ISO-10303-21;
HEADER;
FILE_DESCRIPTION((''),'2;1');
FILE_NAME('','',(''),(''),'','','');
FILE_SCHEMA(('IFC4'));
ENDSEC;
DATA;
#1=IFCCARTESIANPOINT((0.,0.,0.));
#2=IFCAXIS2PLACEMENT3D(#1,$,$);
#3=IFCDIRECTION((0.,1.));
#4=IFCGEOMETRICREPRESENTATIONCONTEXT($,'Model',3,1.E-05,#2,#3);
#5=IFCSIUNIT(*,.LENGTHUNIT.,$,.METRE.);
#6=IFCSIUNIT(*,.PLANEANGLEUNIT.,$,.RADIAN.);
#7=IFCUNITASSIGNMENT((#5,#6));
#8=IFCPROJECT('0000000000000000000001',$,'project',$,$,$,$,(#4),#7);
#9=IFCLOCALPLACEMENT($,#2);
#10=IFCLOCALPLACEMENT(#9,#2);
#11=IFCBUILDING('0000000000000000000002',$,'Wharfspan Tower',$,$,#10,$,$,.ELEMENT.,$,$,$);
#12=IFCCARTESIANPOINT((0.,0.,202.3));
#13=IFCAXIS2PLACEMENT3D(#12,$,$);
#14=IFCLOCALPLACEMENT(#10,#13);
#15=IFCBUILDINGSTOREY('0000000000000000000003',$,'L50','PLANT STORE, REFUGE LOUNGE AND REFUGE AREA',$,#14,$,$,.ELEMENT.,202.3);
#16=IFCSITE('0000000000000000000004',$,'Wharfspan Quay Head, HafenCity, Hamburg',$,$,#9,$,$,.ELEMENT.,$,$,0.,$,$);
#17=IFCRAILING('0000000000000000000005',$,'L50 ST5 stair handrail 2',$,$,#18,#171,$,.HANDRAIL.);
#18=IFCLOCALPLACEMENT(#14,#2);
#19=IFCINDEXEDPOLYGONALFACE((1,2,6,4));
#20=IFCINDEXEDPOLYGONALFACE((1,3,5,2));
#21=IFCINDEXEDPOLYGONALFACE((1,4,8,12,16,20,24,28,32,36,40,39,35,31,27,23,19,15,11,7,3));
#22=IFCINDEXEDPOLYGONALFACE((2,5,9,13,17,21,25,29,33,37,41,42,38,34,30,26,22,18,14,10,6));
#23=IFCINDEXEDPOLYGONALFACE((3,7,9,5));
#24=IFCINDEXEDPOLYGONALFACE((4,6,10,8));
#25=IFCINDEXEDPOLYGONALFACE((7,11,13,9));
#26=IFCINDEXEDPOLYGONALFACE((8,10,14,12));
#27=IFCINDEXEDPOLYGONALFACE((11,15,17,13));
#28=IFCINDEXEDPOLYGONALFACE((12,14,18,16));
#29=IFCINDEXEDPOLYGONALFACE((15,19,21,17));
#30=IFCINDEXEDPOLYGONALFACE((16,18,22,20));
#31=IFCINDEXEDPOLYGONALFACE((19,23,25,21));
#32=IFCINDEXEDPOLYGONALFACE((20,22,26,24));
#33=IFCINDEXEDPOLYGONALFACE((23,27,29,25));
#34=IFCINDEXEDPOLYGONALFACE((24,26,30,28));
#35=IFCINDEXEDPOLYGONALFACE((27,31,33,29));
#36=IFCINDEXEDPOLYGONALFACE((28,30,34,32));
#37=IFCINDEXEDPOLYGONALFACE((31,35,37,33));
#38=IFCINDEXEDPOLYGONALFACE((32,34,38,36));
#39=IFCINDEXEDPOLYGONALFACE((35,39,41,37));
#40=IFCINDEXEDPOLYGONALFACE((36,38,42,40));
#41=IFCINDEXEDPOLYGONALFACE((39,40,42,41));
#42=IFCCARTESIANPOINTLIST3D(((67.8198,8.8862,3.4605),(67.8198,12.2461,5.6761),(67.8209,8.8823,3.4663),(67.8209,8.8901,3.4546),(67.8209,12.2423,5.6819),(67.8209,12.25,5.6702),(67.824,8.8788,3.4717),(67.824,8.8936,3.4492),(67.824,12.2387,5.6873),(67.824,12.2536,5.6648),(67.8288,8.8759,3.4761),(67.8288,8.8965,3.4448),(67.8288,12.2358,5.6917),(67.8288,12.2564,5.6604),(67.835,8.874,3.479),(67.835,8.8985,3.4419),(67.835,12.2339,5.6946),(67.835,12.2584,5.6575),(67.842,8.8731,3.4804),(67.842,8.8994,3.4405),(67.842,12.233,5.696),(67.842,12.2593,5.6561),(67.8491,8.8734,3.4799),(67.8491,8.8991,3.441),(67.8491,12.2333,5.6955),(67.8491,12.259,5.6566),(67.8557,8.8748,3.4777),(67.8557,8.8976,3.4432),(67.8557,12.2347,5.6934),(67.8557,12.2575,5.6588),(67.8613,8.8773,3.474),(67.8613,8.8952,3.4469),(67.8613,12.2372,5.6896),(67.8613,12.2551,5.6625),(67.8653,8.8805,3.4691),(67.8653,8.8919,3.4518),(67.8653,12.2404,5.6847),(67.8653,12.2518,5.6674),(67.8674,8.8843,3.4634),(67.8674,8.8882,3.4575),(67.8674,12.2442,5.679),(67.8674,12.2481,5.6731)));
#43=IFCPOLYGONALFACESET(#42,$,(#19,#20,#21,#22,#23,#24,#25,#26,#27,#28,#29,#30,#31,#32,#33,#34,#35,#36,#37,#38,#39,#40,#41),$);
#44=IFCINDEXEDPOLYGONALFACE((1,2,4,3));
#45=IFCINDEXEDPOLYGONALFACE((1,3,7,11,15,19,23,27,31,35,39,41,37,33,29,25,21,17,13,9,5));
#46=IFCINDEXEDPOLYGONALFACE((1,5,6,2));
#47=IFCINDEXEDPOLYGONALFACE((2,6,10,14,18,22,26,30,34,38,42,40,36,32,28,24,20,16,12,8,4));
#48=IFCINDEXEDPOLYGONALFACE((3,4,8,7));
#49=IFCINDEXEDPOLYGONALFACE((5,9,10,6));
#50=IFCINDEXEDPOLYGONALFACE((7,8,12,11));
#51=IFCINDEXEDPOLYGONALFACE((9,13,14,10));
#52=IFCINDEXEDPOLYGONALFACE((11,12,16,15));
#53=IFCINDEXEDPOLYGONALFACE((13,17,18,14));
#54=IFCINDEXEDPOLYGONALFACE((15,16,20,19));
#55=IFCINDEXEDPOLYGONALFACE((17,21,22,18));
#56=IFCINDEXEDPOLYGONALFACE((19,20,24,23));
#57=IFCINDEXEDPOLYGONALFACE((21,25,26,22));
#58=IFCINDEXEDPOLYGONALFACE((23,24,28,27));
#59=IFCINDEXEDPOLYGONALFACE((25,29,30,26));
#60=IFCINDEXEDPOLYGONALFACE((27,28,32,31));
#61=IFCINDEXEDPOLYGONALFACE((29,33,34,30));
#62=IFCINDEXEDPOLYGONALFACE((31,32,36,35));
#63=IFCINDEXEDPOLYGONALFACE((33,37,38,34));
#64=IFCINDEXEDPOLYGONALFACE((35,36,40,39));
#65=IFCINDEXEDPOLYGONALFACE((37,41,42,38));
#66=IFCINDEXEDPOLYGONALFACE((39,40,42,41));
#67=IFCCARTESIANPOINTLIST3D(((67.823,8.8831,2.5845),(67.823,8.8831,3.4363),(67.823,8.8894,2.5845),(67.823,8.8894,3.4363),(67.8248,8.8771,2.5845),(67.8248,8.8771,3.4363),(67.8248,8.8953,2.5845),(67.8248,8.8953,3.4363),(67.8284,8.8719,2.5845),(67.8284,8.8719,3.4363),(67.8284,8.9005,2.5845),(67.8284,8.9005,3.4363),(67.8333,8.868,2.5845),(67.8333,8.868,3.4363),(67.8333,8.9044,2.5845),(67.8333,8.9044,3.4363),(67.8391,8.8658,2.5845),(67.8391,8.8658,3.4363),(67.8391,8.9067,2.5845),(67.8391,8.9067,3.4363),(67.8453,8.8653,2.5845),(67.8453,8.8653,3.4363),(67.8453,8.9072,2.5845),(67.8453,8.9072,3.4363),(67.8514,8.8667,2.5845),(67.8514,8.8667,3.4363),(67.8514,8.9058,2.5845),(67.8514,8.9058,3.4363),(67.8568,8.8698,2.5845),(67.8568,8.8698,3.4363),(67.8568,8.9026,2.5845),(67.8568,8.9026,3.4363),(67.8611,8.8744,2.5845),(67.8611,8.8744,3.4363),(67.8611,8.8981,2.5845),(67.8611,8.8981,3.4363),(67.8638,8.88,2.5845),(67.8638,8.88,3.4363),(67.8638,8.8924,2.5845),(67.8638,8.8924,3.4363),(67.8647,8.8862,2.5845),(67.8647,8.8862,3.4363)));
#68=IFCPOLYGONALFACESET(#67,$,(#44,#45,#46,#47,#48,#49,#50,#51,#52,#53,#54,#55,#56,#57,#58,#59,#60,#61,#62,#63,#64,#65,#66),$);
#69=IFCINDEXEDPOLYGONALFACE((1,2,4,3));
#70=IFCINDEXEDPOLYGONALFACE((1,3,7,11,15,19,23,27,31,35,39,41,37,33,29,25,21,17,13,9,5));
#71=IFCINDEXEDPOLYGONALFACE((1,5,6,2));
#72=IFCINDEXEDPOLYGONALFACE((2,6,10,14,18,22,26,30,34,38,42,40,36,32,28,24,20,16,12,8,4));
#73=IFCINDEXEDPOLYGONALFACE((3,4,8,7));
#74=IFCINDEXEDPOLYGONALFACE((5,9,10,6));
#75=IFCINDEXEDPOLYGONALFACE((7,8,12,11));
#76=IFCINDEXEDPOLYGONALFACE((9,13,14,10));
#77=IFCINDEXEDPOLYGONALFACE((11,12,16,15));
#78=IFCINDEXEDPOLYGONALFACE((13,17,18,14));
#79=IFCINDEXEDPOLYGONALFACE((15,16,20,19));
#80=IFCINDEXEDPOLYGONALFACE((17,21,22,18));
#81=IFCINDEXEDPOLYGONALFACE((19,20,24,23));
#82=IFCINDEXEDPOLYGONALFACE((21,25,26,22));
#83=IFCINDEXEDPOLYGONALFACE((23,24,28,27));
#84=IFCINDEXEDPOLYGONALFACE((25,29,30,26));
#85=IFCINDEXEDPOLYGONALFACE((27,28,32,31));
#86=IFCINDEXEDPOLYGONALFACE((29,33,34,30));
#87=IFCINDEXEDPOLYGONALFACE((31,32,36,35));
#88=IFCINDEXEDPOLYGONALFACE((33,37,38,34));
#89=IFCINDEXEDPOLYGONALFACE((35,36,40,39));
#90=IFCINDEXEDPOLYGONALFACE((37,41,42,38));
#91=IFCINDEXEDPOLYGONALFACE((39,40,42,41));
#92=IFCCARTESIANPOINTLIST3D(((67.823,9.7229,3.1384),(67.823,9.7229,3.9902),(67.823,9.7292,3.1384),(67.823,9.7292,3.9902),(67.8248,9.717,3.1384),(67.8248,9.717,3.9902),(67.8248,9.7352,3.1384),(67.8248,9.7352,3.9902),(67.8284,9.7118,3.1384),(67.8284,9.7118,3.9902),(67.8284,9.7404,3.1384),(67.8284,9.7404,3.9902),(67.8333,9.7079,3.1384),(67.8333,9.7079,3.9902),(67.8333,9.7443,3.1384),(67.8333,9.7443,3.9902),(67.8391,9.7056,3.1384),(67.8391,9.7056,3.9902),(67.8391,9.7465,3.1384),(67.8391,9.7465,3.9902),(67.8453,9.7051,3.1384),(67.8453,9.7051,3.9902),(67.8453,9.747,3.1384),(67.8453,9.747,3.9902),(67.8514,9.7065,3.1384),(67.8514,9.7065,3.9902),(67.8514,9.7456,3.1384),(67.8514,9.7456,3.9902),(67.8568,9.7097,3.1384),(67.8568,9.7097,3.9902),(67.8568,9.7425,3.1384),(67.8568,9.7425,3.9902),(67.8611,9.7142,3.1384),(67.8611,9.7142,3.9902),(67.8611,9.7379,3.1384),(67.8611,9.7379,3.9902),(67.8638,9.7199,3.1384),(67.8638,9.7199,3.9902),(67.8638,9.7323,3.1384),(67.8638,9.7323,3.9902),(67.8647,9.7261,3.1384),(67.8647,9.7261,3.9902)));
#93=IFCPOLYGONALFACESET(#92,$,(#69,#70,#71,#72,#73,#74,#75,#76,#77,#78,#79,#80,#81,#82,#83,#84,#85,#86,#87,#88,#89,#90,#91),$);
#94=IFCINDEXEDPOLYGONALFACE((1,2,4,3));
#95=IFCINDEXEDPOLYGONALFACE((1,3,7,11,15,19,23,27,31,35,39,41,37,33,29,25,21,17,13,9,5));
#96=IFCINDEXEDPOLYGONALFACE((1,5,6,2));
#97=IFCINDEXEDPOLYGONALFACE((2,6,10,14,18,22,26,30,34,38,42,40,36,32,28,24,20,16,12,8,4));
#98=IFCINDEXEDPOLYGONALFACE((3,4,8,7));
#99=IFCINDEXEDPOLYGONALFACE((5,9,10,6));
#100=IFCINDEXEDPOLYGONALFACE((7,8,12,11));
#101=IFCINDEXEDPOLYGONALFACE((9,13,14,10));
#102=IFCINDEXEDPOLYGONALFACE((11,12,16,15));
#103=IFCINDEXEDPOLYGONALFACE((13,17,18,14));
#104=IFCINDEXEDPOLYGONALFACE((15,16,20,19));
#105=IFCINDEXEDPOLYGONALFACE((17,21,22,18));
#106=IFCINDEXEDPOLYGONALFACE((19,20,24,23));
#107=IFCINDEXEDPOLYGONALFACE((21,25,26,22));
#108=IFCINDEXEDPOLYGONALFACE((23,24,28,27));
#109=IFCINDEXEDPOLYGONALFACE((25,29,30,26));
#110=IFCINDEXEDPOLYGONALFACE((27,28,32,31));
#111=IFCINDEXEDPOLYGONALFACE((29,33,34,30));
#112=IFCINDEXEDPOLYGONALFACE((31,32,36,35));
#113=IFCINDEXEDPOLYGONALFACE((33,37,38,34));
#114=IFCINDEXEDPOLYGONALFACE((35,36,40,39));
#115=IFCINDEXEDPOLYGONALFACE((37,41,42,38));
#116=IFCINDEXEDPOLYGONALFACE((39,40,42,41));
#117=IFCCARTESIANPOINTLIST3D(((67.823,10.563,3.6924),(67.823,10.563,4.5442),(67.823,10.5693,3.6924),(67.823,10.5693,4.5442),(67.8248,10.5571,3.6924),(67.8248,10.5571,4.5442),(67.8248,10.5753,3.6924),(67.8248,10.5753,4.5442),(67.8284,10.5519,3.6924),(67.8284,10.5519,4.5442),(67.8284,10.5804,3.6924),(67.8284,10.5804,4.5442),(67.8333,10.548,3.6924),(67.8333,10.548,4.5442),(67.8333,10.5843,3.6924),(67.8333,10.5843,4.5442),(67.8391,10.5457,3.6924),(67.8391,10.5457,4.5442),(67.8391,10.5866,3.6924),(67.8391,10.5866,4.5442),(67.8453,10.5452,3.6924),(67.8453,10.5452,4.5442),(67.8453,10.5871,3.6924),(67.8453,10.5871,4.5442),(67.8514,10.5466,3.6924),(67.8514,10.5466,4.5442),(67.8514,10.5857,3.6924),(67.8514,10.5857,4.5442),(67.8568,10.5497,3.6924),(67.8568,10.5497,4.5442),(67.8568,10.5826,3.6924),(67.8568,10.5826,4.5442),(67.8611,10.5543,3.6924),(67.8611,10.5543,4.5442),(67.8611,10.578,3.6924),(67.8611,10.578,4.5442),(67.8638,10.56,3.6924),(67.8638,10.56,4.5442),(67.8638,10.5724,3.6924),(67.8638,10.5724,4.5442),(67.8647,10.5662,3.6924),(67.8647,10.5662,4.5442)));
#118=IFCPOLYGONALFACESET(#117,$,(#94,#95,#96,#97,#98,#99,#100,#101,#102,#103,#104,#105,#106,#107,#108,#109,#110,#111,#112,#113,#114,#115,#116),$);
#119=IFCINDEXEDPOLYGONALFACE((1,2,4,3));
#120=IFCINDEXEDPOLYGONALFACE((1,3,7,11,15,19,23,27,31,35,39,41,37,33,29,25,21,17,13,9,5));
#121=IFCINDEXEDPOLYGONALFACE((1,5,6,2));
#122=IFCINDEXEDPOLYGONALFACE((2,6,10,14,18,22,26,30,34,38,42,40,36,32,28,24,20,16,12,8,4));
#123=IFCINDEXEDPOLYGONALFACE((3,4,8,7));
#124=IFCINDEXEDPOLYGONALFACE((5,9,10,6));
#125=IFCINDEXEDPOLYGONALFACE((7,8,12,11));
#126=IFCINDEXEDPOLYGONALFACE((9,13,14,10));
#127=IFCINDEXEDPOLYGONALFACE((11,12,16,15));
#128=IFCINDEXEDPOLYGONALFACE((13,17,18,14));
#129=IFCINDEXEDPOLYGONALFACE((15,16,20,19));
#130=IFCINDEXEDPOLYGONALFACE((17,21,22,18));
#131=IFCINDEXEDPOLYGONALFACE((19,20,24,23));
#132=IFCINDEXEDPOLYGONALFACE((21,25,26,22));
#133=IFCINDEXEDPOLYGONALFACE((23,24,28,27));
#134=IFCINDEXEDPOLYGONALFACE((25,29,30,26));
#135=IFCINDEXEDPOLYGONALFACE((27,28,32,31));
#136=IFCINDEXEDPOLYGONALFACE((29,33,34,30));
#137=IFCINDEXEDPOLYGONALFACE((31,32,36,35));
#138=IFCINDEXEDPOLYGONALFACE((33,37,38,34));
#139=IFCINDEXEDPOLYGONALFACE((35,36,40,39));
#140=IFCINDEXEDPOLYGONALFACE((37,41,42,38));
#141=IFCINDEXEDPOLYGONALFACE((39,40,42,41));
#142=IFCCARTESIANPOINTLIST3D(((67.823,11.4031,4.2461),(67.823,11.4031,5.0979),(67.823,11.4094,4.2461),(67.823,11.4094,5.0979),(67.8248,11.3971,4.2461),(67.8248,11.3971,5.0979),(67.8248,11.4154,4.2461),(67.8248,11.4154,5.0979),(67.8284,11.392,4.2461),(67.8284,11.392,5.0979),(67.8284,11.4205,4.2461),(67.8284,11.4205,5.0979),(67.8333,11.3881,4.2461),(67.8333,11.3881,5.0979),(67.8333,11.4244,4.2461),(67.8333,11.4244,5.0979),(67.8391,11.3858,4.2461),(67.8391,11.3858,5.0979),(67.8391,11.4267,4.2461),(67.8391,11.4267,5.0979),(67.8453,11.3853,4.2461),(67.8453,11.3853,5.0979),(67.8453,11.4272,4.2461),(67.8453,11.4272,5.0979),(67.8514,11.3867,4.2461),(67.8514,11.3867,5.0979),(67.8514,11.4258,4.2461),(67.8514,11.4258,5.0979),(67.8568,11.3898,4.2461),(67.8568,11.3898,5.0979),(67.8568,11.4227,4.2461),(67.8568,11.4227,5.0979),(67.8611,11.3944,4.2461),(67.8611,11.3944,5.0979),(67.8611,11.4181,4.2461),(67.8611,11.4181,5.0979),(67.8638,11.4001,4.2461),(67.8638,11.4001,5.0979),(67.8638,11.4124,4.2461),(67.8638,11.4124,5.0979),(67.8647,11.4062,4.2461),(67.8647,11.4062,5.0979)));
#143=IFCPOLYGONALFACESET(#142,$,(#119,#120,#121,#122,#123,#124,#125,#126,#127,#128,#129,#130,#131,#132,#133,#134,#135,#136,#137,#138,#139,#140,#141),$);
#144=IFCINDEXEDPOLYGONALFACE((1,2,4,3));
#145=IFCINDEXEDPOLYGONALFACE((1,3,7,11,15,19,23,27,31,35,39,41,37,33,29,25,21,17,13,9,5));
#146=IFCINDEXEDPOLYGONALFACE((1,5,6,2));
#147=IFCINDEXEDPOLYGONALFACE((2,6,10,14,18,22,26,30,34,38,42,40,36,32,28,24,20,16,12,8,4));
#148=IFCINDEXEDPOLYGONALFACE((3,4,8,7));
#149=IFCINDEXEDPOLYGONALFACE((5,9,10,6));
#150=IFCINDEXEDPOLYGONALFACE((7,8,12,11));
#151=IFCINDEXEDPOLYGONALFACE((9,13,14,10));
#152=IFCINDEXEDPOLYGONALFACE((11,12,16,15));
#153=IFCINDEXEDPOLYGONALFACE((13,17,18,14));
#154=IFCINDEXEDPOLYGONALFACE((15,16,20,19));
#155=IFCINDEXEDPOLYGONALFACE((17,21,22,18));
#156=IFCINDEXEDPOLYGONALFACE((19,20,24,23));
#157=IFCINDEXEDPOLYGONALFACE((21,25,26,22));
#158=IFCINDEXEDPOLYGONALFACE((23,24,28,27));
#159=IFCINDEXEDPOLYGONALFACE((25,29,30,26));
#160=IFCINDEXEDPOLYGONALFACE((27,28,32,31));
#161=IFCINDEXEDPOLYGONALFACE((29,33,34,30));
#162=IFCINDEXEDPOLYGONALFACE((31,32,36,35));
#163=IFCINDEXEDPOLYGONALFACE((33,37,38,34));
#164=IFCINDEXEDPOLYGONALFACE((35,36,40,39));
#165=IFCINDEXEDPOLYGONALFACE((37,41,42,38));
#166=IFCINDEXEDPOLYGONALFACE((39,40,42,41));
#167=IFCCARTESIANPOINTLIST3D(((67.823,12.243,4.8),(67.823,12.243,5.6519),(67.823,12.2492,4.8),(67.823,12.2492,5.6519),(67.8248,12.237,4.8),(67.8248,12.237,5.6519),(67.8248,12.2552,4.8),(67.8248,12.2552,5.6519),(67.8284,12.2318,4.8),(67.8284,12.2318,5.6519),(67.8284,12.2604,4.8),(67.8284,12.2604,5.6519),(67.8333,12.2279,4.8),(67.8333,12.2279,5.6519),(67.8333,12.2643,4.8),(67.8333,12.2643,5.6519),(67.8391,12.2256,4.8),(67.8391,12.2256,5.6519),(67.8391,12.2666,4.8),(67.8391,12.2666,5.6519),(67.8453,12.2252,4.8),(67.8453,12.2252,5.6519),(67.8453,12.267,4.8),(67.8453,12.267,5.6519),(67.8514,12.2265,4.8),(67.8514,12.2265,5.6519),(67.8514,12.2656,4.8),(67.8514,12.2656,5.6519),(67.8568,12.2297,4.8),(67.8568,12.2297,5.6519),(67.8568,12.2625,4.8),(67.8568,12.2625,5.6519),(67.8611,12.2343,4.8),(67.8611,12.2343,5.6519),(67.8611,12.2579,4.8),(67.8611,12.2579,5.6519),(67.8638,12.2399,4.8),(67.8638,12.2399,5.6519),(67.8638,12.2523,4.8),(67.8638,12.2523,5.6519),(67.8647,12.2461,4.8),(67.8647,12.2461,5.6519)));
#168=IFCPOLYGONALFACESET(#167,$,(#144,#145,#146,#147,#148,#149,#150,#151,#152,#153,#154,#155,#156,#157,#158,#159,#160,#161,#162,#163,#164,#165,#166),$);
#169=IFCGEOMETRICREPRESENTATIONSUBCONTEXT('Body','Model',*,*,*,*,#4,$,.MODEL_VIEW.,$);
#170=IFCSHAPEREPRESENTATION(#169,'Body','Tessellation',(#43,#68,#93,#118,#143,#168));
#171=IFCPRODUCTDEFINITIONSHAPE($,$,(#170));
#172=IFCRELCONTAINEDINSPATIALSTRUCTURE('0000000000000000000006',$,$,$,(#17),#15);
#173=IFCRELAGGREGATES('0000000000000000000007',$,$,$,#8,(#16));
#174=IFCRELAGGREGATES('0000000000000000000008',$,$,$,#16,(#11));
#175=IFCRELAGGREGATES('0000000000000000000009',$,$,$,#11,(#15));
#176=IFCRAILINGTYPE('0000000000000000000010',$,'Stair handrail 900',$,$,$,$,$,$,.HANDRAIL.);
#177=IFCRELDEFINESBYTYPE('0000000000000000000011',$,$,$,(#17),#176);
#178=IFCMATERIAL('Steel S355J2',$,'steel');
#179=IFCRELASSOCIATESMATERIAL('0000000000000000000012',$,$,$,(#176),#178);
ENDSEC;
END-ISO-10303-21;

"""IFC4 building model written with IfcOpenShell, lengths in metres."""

from ifc_helpers import new_model, si_unit, direction, frame, origin, origin_2d, place, context, subcontext, project, spatial, circle, extrude, material, type_object, element, save


model = new_model("IFC4")

# Units and contexts
model_context = context("Model", 3, precision=1e-05, world=origin(), true_north=direction((0.0, 1.0)))
body_context = subcontext(model_context, "Body", "Model", "MODEL_VIEW")
ifc_project = project(units=[si_unit("LENGTHUNIT", "METRE"), si_unit("PLANEANGLEUNIT", "RADIAN")], contexts=[model_context])

# Site, building, storey
site_placement = place(None, origin())
site = spatial("IfcSite", under=ifc_project, at=site_placement, Name="Wharfspan Quay Head, HafenCity, Hamburg", CompositionType="ELEMENT", RefElevation=0.0)
building_placement = place(site_placement, origin())
building = spatial("IfcBuilding", under=site, at=building_placement, Name="Wharfspan Tower", CompositionType="ELEMENT")
storey_placement = place(building_placement, frame((0.0, 0.0, 202.3)))
storey = spatial("IfcBuildingStorey", under=building, at=storey_placement, Name="L50", Description="PLANT STORE, REFUGE LOUNGE AND REFUGE AREA", CompositionType="ELEMENT", Elevation=202.3)

# Shared definitions
ifc_material_1 = material(Name="Steel S355J2", Category="steel")

# Railing
railing_type_1 = type_object("IfcRailingType", Name="Stair handrail 900", PredefinedType="HANDRAIL", material=ifc_material_1)
railing_1_placement = place(storey_placement, frame((67.8438, 8.8862, 2.5845)))
element("IfcRailing", 1, at=railing_1_placement, inside=storey, type_object=railing_type_1, Name="L50 ST5 stair handrail 2", PredefinedType="HANDRAIL", context=body_context, shape_type="SweptSolid", body=[
    extrude(circle(Radius=0.0239, at=origin_2d()), frame((0.0, 0.0, 0.876), z_axis=(0.0, 0.83483, 0.550508), x_axis=(-1.0, 0.0, 0.0)), (0.0, 0.0, 1.0), 4.0247),
    extrude(circle(Radius=0.021, at=origin_2d()), origin(), (0.0, 0.0, 1.0), 0.8518),
    extrude(circle(Radius=0.021, at=origin_2d()), frame((0.0, 0.8398, 0.554)), (0.0, 0.0, 1.0), 0.8518),
    extrude(circle(Radius=0.021, at=origin_2d()), frame((0.0, 1.6799, 1.1079)), (0.0, 0.0, 1.0), 0.8518),
    extrude(circle(Radius=0.021, at=origin_2d()), frame((0.0, 2.52, 1.6616)), (0.0, 0.0, 1.0), 0.8518),
    extrude(circle(Radius=0.021, at=origin_2d()), frame((0.0, 3.3599, 2.2156)), (0.0, 0.0, 1.0), 0.8518),
])

save(model, "model.ifc")
